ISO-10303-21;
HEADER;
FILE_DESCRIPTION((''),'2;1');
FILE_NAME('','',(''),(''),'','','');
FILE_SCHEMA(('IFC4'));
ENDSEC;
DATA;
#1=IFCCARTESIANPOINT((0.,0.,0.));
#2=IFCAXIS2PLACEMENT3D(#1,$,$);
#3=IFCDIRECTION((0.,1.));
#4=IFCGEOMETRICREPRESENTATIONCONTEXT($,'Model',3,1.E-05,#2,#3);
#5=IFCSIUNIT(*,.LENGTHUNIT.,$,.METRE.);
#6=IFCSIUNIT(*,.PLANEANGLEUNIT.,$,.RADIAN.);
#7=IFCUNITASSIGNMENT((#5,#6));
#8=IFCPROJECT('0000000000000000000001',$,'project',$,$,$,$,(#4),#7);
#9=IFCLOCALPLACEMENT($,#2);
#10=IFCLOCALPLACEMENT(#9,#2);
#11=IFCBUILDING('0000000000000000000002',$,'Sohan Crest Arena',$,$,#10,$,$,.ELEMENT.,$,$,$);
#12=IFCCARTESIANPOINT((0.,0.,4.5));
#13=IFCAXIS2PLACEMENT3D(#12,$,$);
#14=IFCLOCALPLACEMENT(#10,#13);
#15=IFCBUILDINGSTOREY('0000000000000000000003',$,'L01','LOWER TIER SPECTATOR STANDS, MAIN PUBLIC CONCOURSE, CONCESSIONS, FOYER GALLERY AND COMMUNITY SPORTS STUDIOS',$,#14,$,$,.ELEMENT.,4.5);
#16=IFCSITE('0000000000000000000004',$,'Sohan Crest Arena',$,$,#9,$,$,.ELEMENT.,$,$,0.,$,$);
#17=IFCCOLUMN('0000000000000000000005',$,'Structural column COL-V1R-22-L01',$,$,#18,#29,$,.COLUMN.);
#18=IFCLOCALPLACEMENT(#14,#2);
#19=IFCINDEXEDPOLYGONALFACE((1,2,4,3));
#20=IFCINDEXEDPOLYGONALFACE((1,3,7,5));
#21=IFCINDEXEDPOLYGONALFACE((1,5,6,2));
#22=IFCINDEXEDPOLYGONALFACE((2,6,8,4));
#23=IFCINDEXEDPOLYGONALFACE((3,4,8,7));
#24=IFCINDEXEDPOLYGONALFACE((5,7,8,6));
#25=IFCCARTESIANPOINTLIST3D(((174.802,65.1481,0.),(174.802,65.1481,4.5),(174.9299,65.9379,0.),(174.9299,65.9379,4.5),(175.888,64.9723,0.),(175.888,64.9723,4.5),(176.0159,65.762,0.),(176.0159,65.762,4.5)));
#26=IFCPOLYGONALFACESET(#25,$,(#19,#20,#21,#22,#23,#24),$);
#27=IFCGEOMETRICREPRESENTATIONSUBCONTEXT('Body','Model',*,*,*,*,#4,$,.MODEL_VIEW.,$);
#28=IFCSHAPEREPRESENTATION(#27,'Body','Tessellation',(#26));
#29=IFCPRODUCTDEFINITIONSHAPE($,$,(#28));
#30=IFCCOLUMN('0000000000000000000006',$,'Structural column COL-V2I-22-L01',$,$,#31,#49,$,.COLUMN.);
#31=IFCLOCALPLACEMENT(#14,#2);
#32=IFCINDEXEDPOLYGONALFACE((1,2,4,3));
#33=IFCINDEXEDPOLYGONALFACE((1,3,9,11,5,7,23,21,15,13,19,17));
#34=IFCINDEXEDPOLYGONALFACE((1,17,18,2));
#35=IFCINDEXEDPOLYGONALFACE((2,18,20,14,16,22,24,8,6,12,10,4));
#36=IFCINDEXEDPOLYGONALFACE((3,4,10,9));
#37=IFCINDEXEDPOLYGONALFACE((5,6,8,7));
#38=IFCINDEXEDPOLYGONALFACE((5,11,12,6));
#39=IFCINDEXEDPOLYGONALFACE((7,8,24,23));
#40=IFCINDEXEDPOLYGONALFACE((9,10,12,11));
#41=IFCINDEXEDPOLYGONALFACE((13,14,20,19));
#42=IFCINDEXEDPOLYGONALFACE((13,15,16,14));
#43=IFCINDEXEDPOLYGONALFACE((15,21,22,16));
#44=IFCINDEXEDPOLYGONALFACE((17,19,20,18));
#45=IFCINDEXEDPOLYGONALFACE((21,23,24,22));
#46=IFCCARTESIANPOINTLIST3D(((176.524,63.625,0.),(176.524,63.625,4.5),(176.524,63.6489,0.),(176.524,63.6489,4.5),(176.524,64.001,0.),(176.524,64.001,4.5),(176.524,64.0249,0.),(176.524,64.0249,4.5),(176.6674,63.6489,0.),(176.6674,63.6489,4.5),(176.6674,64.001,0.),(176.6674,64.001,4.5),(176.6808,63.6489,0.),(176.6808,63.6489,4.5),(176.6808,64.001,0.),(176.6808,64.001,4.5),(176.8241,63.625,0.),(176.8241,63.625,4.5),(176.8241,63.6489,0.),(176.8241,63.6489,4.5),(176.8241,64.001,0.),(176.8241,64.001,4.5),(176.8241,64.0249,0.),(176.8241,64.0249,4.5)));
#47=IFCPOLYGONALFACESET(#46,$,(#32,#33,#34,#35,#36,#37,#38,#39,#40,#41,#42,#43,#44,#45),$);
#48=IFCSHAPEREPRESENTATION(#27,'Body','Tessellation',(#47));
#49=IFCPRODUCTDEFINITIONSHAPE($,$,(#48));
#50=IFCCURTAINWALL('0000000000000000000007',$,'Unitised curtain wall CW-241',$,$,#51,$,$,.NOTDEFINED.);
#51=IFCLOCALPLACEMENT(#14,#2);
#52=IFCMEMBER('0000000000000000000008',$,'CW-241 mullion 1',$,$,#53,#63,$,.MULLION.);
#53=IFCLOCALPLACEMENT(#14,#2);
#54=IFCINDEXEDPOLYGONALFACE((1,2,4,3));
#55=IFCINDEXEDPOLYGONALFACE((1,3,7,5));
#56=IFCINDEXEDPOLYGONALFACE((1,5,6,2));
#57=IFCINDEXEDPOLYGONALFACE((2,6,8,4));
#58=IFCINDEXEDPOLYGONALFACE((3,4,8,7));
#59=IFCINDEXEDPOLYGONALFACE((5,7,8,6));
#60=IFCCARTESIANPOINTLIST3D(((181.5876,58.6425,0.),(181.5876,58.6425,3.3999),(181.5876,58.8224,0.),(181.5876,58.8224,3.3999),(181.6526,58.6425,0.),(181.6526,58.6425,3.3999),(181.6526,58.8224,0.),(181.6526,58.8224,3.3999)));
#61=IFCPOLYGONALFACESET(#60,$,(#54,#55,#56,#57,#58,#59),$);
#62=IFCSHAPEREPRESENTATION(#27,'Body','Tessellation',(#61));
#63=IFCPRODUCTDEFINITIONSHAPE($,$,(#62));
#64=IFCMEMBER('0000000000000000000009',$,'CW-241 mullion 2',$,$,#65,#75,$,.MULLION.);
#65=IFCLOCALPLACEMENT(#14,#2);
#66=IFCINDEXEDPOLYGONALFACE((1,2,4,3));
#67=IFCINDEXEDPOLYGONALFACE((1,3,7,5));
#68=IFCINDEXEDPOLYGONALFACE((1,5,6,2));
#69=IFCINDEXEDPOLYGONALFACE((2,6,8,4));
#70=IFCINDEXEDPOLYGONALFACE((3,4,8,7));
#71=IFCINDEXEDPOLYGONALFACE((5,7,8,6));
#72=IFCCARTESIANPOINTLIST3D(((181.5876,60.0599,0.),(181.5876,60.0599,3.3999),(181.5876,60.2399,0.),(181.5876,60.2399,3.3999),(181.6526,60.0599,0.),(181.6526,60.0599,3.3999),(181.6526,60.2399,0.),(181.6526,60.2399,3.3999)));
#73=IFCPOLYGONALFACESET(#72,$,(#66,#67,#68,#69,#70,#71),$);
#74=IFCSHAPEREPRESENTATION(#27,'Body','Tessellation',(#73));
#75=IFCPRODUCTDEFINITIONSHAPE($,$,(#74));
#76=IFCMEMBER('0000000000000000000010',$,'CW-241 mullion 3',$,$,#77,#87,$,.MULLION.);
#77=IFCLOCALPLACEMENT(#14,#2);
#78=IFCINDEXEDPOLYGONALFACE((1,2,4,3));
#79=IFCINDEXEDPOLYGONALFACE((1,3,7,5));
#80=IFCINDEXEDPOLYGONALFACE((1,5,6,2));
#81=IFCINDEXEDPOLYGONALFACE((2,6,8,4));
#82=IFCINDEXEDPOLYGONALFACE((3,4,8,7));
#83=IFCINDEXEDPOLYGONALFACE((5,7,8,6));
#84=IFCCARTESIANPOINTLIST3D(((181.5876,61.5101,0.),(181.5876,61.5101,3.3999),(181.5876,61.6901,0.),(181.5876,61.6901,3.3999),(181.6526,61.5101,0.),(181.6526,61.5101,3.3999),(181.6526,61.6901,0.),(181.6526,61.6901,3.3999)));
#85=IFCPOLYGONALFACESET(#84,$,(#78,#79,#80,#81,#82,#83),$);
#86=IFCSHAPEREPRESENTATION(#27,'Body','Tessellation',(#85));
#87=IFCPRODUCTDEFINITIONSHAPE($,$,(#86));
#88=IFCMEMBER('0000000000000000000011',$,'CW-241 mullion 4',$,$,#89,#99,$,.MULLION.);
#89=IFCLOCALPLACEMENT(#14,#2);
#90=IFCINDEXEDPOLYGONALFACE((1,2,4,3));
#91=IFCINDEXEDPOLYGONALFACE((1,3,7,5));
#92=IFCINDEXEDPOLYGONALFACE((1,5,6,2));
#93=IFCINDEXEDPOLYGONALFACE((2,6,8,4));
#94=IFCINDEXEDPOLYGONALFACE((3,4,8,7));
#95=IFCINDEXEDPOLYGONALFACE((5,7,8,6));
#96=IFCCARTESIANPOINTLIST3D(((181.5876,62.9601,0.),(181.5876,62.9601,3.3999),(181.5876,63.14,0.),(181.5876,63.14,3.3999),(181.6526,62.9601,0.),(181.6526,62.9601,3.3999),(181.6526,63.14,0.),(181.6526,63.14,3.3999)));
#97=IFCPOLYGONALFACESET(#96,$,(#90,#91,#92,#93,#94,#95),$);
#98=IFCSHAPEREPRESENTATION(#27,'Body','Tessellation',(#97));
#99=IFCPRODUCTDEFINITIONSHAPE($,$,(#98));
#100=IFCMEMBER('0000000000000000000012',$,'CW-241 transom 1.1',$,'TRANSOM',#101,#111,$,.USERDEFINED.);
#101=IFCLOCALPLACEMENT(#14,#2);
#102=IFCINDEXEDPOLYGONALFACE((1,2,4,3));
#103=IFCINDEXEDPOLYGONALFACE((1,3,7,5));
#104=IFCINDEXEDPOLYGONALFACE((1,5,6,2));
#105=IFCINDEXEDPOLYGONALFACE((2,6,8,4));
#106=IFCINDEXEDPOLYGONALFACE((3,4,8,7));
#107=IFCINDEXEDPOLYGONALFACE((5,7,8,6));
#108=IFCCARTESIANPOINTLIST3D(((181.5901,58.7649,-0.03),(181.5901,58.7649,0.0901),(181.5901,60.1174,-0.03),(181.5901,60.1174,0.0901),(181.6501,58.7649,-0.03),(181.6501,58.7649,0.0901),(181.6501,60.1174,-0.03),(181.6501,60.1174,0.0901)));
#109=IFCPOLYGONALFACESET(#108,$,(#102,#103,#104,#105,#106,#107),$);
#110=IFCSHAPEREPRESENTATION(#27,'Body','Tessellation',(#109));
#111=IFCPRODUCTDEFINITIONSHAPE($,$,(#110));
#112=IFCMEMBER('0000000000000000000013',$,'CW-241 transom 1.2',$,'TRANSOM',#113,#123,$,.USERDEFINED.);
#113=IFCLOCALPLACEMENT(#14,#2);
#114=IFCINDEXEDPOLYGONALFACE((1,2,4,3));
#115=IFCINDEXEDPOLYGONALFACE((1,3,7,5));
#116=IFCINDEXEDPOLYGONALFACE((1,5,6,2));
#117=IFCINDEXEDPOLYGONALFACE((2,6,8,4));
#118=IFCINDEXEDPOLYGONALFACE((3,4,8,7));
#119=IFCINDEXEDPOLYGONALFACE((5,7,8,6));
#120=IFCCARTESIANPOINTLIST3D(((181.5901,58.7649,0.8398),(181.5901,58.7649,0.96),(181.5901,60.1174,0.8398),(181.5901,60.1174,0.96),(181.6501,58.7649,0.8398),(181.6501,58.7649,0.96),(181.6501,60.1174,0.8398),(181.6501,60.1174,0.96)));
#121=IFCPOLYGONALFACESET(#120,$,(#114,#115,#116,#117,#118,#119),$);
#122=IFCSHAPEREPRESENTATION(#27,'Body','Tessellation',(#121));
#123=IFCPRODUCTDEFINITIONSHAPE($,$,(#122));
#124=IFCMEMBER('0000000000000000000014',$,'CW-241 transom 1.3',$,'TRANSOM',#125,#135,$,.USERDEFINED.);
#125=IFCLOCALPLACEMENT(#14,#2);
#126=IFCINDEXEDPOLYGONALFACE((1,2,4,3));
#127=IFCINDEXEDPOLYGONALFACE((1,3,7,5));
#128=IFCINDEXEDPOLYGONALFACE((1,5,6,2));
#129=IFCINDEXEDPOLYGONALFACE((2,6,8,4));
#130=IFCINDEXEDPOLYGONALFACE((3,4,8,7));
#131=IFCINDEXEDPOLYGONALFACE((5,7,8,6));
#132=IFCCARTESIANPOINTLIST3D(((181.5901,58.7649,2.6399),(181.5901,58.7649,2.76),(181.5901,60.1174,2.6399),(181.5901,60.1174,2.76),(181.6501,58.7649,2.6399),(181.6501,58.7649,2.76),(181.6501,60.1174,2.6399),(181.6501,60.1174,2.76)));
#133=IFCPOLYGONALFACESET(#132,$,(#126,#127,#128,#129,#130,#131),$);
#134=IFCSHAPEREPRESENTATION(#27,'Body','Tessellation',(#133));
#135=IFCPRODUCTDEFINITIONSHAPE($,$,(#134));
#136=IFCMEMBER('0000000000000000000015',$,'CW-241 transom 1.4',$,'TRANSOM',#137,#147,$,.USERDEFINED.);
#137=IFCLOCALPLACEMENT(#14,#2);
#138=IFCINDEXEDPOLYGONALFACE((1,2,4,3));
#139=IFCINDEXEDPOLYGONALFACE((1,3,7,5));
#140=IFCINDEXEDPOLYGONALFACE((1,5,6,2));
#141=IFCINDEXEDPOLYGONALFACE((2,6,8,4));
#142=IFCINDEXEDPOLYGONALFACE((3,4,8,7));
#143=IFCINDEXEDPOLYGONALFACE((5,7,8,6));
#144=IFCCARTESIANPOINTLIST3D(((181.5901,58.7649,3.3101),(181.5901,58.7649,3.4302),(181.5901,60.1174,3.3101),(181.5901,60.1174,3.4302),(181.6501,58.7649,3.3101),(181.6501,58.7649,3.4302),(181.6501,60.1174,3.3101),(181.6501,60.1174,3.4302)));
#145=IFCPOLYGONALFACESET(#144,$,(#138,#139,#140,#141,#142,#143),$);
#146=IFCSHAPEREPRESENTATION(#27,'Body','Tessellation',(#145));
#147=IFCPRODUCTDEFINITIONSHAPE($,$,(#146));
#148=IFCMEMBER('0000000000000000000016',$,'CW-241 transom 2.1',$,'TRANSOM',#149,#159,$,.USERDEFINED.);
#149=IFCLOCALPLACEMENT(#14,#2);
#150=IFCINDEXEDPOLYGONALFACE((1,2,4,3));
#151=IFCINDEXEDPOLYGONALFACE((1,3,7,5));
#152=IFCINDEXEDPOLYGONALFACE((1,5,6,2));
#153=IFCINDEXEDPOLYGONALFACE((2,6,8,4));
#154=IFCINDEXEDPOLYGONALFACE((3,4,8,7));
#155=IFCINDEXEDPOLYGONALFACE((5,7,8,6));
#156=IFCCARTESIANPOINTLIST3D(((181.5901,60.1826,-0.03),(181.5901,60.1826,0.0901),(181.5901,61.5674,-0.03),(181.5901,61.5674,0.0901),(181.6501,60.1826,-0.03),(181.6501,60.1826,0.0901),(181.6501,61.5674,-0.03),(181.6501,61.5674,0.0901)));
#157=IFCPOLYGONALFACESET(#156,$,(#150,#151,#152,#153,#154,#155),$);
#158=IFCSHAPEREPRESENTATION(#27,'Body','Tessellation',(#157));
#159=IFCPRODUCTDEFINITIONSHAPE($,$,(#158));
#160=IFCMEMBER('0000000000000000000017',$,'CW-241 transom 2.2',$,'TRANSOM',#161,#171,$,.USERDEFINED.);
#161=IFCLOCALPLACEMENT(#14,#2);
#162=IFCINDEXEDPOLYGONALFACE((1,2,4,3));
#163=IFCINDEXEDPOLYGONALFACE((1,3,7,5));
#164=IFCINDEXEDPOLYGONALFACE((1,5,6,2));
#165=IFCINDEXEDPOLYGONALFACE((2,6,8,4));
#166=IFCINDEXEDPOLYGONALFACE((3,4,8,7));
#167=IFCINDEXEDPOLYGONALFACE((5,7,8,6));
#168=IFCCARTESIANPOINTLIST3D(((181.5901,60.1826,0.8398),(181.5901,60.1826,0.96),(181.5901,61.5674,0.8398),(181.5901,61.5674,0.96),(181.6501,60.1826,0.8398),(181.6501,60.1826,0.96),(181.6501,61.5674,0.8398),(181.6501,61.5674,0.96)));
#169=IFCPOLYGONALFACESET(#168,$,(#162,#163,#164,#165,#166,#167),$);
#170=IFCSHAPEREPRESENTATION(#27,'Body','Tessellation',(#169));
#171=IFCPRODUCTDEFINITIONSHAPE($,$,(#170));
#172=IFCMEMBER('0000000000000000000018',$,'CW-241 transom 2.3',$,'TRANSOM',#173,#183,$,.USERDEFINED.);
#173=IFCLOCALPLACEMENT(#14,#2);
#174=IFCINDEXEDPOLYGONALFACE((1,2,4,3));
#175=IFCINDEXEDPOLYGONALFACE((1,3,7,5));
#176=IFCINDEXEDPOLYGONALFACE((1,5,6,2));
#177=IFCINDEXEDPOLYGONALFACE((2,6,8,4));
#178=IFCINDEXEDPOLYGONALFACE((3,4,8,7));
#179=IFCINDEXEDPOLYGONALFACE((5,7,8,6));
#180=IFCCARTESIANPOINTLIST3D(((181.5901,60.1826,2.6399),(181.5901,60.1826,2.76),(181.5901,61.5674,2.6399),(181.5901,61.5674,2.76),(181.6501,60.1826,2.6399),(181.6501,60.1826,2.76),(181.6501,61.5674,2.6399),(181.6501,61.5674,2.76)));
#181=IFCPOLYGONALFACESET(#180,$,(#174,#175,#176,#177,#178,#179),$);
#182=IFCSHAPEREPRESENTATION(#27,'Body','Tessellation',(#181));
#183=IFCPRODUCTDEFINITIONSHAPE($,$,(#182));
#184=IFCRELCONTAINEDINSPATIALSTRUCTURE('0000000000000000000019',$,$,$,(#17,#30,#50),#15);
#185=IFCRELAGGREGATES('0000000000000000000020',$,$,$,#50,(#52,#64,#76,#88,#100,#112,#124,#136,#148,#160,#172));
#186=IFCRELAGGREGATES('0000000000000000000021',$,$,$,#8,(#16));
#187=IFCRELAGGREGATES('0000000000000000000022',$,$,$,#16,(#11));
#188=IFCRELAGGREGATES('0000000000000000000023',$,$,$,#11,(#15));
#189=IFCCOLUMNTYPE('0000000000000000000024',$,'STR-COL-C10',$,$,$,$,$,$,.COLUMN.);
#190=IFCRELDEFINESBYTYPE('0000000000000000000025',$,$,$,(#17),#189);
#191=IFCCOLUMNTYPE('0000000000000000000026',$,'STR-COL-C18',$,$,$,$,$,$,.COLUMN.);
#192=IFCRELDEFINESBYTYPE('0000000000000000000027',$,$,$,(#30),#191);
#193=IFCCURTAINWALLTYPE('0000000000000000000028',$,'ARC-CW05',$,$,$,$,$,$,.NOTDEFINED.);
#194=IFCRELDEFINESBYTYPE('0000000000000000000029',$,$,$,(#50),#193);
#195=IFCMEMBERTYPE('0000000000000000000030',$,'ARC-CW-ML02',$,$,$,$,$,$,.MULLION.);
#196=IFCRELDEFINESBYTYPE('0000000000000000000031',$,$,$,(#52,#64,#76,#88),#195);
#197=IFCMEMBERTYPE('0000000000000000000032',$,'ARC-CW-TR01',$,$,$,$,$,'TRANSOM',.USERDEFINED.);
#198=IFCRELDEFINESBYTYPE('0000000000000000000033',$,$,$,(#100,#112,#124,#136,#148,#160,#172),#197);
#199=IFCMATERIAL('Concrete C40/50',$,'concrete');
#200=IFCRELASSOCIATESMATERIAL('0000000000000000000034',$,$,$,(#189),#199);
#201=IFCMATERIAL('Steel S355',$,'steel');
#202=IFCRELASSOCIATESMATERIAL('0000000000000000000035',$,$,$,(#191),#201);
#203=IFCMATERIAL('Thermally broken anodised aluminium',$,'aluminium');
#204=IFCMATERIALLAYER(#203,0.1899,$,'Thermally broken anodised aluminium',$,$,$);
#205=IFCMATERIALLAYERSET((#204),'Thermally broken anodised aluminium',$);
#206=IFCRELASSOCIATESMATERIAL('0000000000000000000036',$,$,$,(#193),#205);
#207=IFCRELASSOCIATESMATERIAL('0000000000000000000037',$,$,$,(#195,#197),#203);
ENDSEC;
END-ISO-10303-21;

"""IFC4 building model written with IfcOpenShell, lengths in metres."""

from ifc_helpers import new_model, si_unit, direction, frame, origin, origin_2d, place, context, subcontext, project, spatial, rectangle, i_section, extrude, material, layer, layer_set, material_profile, profile_set, type_object, element, aggregate, save


model = new_model("IFC4")

# Units and contexts
model_context = context("Model", 3, precision=1e-05, world=origin(), true_north=direction((0.0, 1.0)))
body_context = subcontext(model_context, "Body", "Model", "MODEL_VIEW")
ifc_project = project(units=[si_unit("LENGTHUNIT", "METRE"), si_unit("PLANEANGLEUNIT", "RADIAN")], contexts=[model_context])

# Site, building, storey
site_placement = place(None, origin())
site = spatial("IfcSite", under=ifc_project, at=site_placement, Name="Sohan Crest Arena", CompositionType="ELEMENT", RefElevation=0.0)
building_placement = place(site_placement, origin())
building = spatial("IfcBuilding", under=site, at=building_placement, Name="Sohan Crest Arena", CompositionType="ELEMENT")
storey_placement = place(building_placement, frame((0.0, 0.0, 4.5)))
storey = spatial("IfcBuildingStorey", under=building, at=storey_placement, Name="L01", Description="LOWER TIER SPECTATOR STANDS, MAIN PUBLIC CONCOURSE, CONCESSIONS, FOYER GALLERY AND COMMUNITY SPORTS STUDIOS", CompositionType="ELEMENT", Elevation=4.5)

# Columns
ifc_material_1 = material(Name="Concrete C40/50", Category="concrete")
ifc_material_profile_1 = material_profile(ifc_material_1, rectangle(XDim=1.1001, YDim=0.8, at=origin_2d()), Name="RC 1100x800")
ifc_profile_set_1 = profile_set([ifc_material_profile_1], Name="Concrete C40/50")
column_type_1 = type_object("IfcColumnType", Name="STR-COL-C10", PredefinedType="COLUMN", material=ifc_profile_set_1)
column_1_placement = place(storey_placement, frame((175.4089, 65.4551, 0.0), z_axis=(0.0, 0.0, 1.0), x_axis=(-0.987136, 0.159881, 0.0)))
element("IfcColumn", 1, at=column_1_placement, inside=storey, type_object=column_type_1, Name="Structural column COL-V1R-22-L01", PredefinedType="COLUMN", context=body_context, shape_type="SweptSolid", body=[
    extrude(rectangle(XDim=1.1001, YDim=0.8, at=origin_2d()), origin(), (0.0, 0.0, 1.0), 4.5),
])
ifc_material_2 = material(Name="Steel S355", Category="steel")
ifc_material_profile_2 = material_profile(ifc_material_2, i_section(OverallWidth=0.3, OverallDepth=0.3999, WebThickness=0.0134, FlangeThickness=0.0239, at=origin_2d()), Name="HEB 400")
ifc_profile_set_2 = profile_set([ifc_material_profile_2], Name="Steel S355")
column_type_2 = type_object("IfcColumnType", Name="STR-COL-C18", PredefinedType="COLUMN", material=ifc_profile_set_2)
column_2_placement = place(storey_placement, frame((176.6741, 63.825, 0.0), z_axis=(0.0, 0.0, 1.0), x_axis=(1.0, 0.0, 0.0)))
element("IfcColumn", 2, at=column_2_placement, inside=storey, type_object=column_type_2, Name="Structural column COL-V2I-22-L01", PredefinedType="COLUMN", context=body_context, shape_type="SweptSolid", body=[
    extrude(i_section(OverallWidth=0.3, OverallDepth=0.3999, WebThickness=0.0134, FlangeThickness=0.0239, at=origin_2d()), origin(), (0.0, 0.0, 1.0), 4.5),
])

# Curtain wall, members
ifc_material_3 = material(Name="Thermally broken anodised aluminium", Category="aluminium")
ifc_layer_1 = layer(ifc_material_3, 0.1899, Name="Thermally broken anodised aluminium")
ifc_layer_set_1 = layer_set([ifc_layer_1], Name="Thermally broken anodised aluminium")
curtain_wall_type = type_object("IfcCurtainWallType", Name="ARC-CW05", PredefinedType="NOTDEFINED", material=ifc_layer_set_1)
curtain_wall_placement = place(storey_placement, origin())
curtain_wall = element("IfcCurtainWall", 3, at=curtain_wall_placement, inside=storey, type_object=curtain_wall_type, Name="Unitised curtain wall CW-241", PredefinedType="NOTDEFINED")
ifc_material_profile_3 = material_profile(ifc_material_3, rectangle(XDim=0.0649, YDim=0.1799, at=origin_2d()), Name="ALU-MULL 65x180")
ifc_profile_set_3 = profile_set([ifc_material_profile_3], Name="Thermally broken anodised aluminium")
member_type_1 = type_object("IfcMemberType", Name="ARC-CW-ML02", PredefinedType="MULLION", material=ifc_profile_set_3)
member_1_placement = place(storey_placement, frame((181.6201, 58.7324, 0.0), z_axis=(0.0, 0.0, 1.0), x_axis=(-1.0, 0.0, 0.0)))
member_1 = element("IfcMember", 4, at=member_1_placement, type_object=member_type_1, Name="CW-241 mullion 1", PredefinedType="MULLION", context=body_context, shape_type="SweptSolid", body=[
    extrude(rectangle(XDim=0.0649, YDim=0.1799, at=origin_2d()), origin(), (0.0, 0.0, 1.0), 3.3999),
])
member_2_placement = place(storey_placement, frame((181.6201, 60.1499, 0.0), z_axis=(0.0, 0.0, 1.0), x_axis=(-1.0, 0.0, 0.0)))
member_2 = element("IfcMember", 5, at=member_2_placement, type_object=member_type_1, Name="CW-241 mullion 2", PredefinedType="MULLION", context=body_context, shape_type="SweptSolid", body=[
    extrude(rectangle(XDim=0.0649, YDim=0.1799, at=origin_2d()), origin(), (0.0, 0.0, 1.0), 3.3999),
])
member_3_placement = place(storey_placement, frame((181.6201, 61.6001, 0.0), z_axis=(0.0, 0.0, 1.0), x_axis=(-1.0, 0.0, 0.0)))
member_3 = element("IfcMember", 6, at=member_3_placement, type_object=member_type_1, Name="CW-241 mullion 3", PredefinedType="MULLION", context=body_context, shape_type="SweptSolid", body=[
    extrude(rectangle(XDim=0.0649, YDim=0.1799, at=origin_2d()), origin(), (0.0, 0.0, 1.0), 3.3999),
])
member_4_placement = place(storey_placement, frame((181.6201, 63.05, 0.0), z_axis=(0.0, 0.0, 1.0), x_axis=(-1.0, 0.0, 0.0)))
member_4 = element("IfcMember", 7, at=member_4_placement, type_object=member_type_1, Name="CW-241 mullion 4", PredefinedType="MULLION", context=body_context, shape_type="SweptSolid", body=[
    extrude(rectangle(XDim=0.0649, YDim=0.1799, at=origin_2d()), origin(), (0.0, 0.0, 1.0), 3.3999),
])
ifc_material_profile_4 = material_profile(ifc_material_3, rectangle(XDim=0.0601, YDim=0.1201, at=origin_2d()), Name="ALU-TRAN 60x120")
ifc_profile_set_4 = profile_set([ifc_material_profile_4], Name="Thermally broken anodised aluminium")
member_type_2 = type_object("IfcMemberType", Name="ARC-CW-TR01", ElementType="TRANSOM", PredefinedType="USERDEFINED", material=ifc_profile_set_4)
member_5_placement = place(storey_placement, frame((181.6201, 58.7649, 0.03), z_axis=(0.0, 1.0, 0.0), x_axis=(-1.0, 0.0, 0.0)))
member_5 = element("IfcMember", 8, at=member_5_placement, type_object=member_type_2, Name="CW-241 transom 1.1", ObjectType="TRANSOM", PredefinedType="USERDEFINED", context=body_context, shape_type="SweptSolid", body=[
    extrude(rectangle(XDim=0.0601, YDim=0.1201, at=origin_2d()), origin(), (0.0, 0.0, 1.0), 1.3525),
])
member_6_placement = place(storey_placement, frame((181.6201, 58.7649, 0.8999), z_axis=(0.0, 1.0, 0.0), x_axis=(-1.0, 0.0, 0.0)))
member_6 = element("IfcMember", 9, at=member_6_placement, type_object=member_type_2, Name="CW-241 transom 1.2", ObjectType="TRANSOM", PredefinedType="USERDEFINED", context=body_context, shape_type="SweptSolid", body=[
    extrude(rectangle(XDim=0.0601, YDim=0.1201, at=origin_2d()), origin(), (0.0, 0.0, 1.0), 1.3525),
])
member_7_placement = place(storey_placement, frame((181.6201, 58.7649, 2.7), z_axis=(0.0, 1.0, 0.0), x_axis=(-1.0, 0.0, 0.0)))
member_7 = element("IfcMember", 10, at=member_7_placement, type_object=member_type_2, Name="CW-241 transom 1.3", ObjectType="TRANSOM", PredefinedType="USERDEFINED", context=body_context, shape_type="SweptSolid", body=[
    extrude(rectangle(XDim=0.0601, YDim=0.1201, at=origin_2d()), origin(), (0.0, 0.0, 1.0), 1.3525),
])
member_8_placement = place(storey_placement, frame((181.6201, 58.7649, 3.3701), z_axis=(0.0, 1.0, 0.0), x_axis=(-1.0, 0.0, 0.0)))
member_8 = element("IfcMember", 11, at=member_8_placement, type_object=member_type_2, Name="CW-241 transom 1.4", ObjectType="TRANSOM", PredefinedType="USERDEFINED", context=body_context, shape_type="SweptSolid", body=[
    extrude(rectangle(XDim=0.0601, YDim=0.1201, at=origin_2d()), origin(), (0.0, 0.0, 1.0), 1.3525),
])
member_9_placement = place(storey_placement, frame((181.6201, 60.1826, 0.03), z_axis=(0.0, 1.0, 0.0), x_axis=(-1.0, 0.0, 0.0)))
member_9 = element("IfcMember", 12, at=member_9_placement, type_object=member_type_2, Name="CW-241 transom 2.1", ObjectType="TRANSOM", PredefinedType="USERDEFINED", context=body_context, shape_type="SweptSolid", body=[
    extrude(rectangle(XDim=0.0601, YDim=0.1201, at=origin_2d()), origin(), (0.0, 0.0, 1.0), 1.3848),
])
member_10_placement = place(storey_placement, frame((181.6201, 60.1826, 0.8999), z_axis=(0.0, 1.0, 0.0), x_axis=(-1.0, 0.0, 0.0)))
member_10 = element("IfcMember", 13, at=member_10_placement, type_object=member_type_2, Name="CW-241 transom 2.2", ObjectType="TRANSOM", PredefinedType="USERDEFINED", context=body_context, shape_type="SweptSolid", body=[
    extrude(rectangle(XDim=0.0601, YDim=0.1201, at=origin_2d()), origin(), (0.0, 0.0, 1.0), 1.3848),
])
member_11_placement = place(storey_placement, frame((181.6201, 60.1826, 2.7), z_axis=(0.0, 1.0, 0.0), x_axis=(-1.0, 0.0, 0.0)))
member_11 = element("IfcMember", 14, at=member_11_placement, type_object=member_type_2, Name="CW-241 transom 2.3", ObjectType="TRANSOM", PredefinedType="USERDEFINED", context=body_context, shape_type="SweptSolid", body=[
    extrude(rectangle(XDim=0.0601, YDim=0.1201, at=origin_2d()), origin(), (0.0, 0.0, 1.0), 1.3848),
])

aggregate(curtain_wall, [member_1, member_2, member_3, member_4, member_5, member_6, member_7, member_8, member_9, member_10, member_11])

save(model, "model.ifc")
